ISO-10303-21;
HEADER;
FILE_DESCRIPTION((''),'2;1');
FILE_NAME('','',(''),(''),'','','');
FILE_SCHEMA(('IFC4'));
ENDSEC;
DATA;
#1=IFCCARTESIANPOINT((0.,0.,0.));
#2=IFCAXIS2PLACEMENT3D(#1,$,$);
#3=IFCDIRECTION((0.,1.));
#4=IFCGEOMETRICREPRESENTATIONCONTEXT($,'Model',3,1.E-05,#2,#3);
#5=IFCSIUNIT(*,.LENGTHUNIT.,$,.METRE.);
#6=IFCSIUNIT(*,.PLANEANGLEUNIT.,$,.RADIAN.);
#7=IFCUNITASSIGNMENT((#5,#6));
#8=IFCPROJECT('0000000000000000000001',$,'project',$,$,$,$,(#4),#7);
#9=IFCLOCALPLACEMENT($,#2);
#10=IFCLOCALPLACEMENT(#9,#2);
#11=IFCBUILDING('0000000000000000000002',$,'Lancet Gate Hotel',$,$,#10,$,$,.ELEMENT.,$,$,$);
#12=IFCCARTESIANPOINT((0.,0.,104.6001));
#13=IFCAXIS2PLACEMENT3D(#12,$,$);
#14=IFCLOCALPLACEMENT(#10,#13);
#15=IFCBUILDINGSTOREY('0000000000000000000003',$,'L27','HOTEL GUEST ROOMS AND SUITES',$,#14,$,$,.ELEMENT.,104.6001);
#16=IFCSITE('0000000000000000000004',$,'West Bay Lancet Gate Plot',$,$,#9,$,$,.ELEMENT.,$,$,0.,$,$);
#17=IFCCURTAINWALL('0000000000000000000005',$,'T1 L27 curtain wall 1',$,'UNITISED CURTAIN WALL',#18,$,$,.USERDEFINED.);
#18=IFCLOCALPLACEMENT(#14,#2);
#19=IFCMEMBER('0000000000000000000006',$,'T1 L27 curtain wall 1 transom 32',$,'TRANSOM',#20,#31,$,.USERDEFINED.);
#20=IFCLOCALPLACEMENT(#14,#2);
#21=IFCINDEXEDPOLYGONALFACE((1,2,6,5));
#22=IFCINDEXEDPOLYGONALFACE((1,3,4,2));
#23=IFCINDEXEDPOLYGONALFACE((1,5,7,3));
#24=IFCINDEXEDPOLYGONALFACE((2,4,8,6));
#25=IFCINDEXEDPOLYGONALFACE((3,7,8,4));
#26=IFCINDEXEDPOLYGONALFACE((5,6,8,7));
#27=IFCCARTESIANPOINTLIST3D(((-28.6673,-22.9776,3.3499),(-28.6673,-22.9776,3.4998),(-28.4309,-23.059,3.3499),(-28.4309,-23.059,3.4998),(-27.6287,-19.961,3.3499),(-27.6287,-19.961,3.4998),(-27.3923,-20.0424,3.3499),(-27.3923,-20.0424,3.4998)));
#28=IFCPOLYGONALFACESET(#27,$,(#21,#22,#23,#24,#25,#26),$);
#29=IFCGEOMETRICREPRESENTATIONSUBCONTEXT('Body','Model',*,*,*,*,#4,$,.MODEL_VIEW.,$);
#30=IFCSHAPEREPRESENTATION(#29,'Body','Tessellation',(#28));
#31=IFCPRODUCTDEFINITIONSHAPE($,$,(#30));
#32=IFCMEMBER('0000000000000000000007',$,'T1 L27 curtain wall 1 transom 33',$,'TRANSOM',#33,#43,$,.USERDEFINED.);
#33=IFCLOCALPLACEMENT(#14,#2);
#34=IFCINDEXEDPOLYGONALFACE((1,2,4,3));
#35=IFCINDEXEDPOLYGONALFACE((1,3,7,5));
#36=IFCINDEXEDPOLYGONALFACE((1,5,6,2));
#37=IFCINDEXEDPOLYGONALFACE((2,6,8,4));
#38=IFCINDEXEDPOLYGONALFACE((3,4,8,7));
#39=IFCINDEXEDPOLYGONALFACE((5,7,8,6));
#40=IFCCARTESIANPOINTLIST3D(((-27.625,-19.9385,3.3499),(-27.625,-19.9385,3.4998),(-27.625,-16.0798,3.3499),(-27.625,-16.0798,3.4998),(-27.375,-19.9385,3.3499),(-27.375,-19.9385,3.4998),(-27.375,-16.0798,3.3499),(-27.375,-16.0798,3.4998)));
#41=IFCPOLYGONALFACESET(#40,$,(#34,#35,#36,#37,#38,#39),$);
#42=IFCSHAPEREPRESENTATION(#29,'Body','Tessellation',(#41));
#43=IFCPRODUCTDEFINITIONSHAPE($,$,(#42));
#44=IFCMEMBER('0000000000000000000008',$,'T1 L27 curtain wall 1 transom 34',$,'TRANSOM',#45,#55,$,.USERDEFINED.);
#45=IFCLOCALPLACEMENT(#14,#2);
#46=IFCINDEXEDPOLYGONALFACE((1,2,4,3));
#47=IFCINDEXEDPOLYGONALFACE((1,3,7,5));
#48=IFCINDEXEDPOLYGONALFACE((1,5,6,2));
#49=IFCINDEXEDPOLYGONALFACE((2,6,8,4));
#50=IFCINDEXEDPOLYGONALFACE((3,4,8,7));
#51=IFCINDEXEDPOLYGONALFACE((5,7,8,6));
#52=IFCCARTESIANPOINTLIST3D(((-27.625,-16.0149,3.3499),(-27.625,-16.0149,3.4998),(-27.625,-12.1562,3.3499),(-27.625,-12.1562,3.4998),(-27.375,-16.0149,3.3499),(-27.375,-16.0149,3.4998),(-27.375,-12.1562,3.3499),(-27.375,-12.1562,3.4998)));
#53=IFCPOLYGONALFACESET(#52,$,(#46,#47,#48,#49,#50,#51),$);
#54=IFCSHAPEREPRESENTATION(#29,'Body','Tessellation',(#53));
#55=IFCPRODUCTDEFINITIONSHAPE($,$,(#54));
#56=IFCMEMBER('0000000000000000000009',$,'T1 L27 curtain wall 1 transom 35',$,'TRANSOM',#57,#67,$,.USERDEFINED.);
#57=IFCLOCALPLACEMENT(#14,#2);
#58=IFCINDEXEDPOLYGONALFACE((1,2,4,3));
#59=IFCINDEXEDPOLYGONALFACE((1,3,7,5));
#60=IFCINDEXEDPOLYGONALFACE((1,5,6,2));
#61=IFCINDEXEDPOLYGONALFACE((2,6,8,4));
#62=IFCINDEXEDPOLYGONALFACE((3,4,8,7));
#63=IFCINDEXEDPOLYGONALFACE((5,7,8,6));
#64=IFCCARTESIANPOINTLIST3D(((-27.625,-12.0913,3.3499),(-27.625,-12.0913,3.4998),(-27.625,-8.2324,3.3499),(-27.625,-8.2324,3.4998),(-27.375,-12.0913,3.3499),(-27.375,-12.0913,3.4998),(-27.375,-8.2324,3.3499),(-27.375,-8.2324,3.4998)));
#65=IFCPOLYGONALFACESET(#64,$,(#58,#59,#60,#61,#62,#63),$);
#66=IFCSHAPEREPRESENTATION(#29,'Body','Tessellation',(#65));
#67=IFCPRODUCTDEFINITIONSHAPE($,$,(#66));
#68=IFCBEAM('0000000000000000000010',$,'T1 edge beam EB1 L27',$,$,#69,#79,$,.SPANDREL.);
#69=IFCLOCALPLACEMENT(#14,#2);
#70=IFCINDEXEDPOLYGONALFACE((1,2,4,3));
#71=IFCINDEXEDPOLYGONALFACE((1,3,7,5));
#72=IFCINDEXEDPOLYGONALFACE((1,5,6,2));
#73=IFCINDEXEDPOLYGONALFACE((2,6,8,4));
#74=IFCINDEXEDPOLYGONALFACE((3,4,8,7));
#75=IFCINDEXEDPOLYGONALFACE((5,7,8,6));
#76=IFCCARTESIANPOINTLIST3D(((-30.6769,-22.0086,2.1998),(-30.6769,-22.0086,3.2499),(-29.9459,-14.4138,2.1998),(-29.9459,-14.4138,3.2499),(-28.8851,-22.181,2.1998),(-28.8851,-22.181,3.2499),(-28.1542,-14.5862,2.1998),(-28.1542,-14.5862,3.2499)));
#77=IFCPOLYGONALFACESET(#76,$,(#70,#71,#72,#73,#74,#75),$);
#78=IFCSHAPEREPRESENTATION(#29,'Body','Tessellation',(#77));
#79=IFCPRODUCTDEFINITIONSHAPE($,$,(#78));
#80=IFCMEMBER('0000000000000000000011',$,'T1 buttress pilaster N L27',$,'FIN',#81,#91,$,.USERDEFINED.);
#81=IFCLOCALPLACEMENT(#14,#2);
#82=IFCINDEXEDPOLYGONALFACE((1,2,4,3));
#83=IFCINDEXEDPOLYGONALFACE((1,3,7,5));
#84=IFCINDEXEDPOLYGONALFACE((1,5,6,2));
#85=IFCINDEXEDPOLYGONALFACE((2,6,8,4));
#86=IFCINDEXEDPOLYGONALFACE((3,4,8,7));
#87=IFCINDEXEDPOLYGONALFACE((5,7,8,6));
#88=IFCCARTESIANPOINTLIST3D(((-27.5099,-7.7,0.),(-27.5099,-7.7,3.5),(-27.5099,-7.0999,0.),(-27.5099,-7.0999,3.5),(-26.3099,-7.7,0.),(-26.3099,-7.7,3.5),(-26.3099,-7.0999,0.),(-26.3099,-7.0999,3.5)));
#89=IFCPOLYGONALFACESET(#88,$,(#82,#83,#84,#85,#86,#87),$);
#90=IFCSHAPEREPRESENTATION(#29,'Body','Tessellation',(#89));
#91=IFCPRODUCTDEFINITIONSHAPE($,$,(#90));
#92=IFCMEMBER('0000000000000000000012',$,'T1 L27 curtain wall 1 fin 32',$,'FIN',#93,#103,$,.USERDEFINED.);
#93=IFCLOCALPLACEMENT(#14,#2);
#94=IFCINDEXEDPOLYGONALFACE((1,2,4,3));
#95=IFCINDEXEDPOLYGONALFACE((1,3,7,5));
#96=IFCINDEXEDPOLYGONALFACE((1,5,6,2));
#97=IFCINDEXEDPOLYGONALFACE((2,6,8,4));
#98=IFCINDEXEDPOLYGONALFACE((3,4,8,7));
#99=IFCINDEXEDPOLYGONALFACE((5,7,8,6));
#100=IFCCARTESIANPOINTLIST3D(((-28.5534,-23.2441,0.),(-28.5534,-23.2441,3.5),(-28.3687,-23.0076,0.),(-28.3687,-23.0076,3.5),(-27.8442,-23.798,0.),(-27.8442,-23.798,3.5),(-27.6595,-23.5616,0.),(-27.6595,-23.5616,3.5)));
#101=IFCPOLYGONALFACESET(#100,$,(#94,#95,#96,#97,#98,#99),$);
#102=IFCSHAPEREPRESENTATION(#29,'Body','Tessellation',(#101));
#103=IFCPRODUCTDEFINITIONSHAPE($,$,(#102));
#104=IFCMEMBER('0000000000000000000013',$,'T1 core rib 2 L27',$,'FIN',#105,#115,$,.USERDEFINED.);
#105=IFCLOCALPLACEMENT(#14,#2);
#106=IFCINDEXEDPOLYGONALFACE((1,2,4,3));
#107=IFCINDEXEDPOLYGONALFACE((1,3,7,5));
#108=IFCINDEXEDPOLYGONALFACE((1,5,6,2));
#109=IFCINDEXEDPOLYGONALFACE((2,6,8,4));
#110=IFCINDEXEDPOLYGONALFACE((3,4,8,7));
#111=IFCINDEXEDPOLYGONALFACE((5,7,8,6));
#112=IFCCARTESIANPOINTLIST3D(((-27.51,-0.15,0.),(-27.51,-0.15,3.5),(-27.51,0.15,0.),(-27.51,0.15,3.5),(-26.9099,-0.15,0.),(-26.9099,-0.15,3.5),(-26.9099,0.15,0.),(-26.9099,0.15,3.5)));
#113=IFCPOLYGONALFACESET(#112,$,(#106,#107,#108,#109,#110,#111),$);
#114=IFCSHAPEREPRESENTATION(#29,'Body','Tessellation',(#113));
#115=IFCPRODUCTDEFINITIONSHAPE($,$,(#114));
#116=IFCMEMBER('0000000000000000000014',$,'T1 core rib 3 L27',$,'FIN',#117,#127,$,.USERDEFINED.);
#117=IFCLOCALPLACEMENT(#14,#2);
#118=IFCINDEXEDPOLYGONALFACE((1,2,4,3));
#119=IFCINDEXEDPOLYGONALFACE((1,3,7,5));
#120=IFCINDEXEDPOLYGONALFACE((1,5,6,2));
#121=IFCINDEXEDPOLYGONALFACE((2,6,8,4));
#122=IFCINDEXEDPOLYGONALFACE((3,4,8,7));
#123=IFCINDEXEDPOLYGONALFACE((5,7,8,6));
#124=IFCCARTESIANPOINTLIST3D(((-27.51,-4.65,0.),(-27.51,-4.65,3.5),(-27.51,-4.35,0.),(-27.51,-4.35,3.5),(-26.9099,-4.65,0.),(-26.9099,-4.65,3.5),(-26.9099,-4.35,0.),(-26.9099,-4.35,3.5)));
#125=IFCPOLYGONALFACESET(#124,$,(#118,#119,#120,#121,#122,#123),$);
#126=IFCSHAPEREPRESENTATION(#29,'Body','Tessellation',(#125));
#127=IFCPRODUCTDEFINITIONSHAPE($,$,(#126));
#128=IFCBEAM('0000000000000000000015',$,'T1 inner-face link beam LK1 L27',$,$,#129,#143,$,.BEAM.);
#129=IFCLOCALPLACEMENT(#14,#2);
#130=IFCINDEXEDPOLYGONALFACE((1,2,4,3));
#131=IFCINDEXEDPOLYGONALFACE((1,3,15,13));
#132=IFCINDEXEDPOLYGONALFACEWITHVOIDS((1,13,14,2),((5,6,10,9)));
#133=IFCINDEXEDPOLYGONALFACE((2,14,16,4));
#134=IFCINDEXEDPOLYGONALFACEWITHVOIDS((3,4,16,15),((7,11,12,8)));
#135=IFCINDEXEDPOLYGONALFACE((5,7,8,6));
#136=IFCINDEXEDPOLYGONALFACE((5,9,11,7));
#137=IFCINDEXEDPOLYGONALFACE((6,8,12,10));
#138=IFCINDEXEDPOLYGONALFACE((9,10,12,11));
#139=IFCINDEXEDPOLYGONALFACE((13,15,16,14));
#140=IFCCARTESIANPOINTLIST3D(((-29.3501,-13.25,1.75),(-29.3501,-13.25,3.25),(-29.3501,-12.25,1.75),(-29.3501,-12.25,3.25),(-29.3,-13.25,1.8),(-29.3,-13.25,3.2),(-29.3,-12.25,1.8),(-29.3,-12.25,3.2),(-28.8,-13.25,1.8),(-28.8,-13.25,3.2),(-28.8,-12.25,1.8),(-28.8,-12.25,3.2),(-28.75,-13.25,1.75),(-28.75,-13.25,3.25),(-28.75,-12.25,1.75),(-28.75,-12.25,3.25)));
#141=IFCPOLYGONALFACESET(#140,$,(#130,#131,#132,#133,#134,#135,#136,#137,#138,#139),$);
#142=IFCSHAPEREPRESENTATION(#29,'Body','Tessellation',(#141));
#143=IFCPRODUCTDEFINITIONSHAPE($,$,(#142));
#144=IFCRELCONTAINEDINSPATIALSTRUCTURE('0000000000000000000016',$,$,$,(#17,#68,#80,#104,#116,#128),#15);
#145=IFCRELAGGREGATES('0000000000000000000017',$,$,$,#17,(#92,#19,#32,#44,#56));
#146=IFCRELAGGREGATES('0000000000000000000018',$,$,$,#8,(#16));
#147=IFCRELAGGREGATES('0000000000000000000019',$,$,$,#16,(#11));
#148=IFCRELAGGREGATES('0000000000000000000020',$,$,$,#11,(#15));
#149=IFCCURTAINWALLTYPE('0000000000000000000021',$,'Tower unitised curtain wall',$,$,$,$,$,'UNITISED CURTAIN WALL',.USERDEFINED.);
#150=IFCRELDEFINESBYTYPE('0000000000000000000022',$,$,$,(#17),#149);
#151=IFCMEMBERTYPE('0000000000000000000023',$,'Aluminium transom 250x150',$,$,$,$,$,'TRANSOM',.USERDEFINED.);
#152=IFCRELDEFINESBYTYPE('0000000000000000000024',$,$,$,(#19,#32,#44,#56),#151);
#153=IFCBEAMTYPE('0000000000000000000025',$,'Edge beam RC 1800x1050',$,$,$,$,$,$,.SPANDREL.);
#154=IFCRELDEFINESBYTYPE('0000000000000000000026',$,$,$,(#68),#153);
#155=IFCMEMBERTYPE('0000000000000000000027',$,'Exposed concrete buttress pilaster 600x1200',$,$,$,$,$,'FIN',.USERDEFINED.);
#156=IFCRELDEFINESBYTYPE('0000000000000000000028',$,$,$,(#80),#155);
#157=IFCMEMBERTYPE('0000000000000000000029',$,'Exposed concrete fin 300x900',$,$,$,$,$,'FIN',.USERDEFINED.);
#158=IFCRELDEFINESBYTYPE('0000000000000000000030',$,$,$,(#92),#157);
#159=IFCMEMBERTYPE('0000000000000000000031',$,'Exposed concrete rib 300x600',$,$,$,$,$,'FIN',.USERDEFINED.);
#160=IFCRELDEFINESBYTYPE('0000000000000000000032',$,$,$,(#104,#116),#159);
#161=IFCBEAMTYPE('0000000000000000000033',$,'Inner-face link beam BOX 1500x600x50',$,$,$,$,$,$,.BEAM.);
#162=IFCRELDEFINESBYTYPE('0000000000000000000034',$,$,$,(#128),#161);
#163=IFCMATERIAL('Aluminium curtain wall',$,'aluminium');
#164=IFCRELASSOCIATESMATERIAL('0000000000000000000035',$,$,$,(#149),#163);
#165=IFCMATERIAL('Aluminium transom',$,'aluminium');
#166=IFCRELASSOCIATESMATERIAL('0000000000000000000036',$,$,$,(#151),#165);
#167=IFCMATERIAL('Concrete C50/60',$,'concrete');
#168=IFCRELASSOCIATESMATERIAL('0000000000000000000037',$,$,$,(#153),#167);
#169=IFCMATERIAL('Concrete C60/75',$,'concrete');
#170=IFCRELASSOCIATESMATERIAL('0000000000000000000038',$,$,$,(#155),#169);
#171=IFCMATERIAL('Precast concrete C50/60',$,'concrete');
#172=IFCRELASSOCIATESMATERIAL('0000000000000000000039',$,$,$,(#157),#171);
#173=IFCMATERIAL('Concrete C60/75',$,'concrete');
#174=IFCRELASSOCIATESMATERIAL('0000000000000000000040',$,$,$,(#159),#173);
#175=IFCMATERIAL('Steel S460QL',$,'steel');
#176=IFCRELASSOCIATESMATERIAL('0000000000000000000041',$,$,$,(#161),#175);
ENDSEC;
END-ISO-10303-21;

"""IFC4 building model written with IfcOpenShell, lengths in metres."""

from ifc_helpers import new_model, si_unit, direction, frame, origin, origin_2d, place, context, subcontext, project, spatial, rectangle, hollow_rectangle, extrude, material, material_profile, profile_set, type_object, element, aggregate, save


model = new_model("IFC4")

# Units and contexts
model_context = context("Model", 3, precision=1e-05, world=origin(), true_north=direction((0.0, 1.0)))
body_context = subcontext(model_context, "Body", "Model", "MODEL_VIEW")
ifc_project = project(units=[si_unit("LENGTHUNIT", "METRE"), si_unit("PLANEANGLEUNIT", "RADIAN")], contexts=[model_context])

# Site, building, storey
site_placement = place(None, origin())
site = spatial("IfcSite", under=ifc_project, at=site_placement, Name="West Bay Lancet Gate Plot", CompositionType="ELEMENT", RefElevation=0.0)
building_placement = place(site_placement, origin())
building = spatial("IfcBuilding", under=site, at=building_placement, Name="Lancet Gate Hotel", CompositionType="ELEMENT")
storey_placement = place(building_placement, frame((0.0, 0.0, 104.6001)))
storey = spatial("IfcBuildingStorey", under=building, at=storey_placement, Name="L27", Description="HOTEL GUEST ROOMS AND SUITES", CompositionType="ELEMENT", Elevation=104.6001)

# Curtain wall, members
ifc_material_1 = material(Name="Aluminium curtain wall", Category="aluminium")
curtain_wall_type = type_object("IfcCurtainWallType", Name="Tower unitised curtain wall", ElementType="UNITISED CURTAIN WALL", PredefinedType="USERDEFINED", material=ifc_material_1)
curtain_wall_placement = place(storey_placement, origin())
curtain_wall = element("IfcCurtainWall", 1, at=curtain_wall_placement, inside=storey, type_object=curtain_wall_type, Name="T1 L27 curtain wall 1", ObjectType="UNITISED CURTAIN WALL", PredefinedType="USERDEFINED")
ifc_material_2 = material(Name="Aluminium transom", Category="aluminium")
ifc_material_profile_1 = material_profile(ifc_material_2, rectangle(XDim=0.25, YDim=0.1499, at=origin_2d()), Name="TRANSOM 250x150")
ifc_profile_set_1 = profile_set([ifc_material_profile_1], Name="Aluminium transom")
member_type_1 = type_object("IfcMemberType", Name="Aluminium transom 250x150", ElementType="TRANSOM", PredefinedType="USERDEFINED", material=ifc_profile_set_1)
member_1_placement = place(storey_placement, frame((-28.5491, -23.0183, 3.4248), z_axis=(0.325533, 0.945531, 0.0), x_axis=(-0.945531, 0.325533, 0.0)))
member_1 = element("IfcMember", 2, at=member_1_placement, type_object=member_type_1, Name="T1 L27 curtain wall 1 transom 32", ObjectType="TRANSOM", PredefinedType="USERDEFINED", context=body_context, shape_type="SweptSolid", body=[
    extrude(rectangle(XDim=0.25, YDim=0.1499, at=origin_2d()), origin(), (0.0, 0.0, 1.0), 3.1904),
])
member_2_placement = place(storey_placement, frame((-27.5, -19.9385, 3.4248), z_axis=(0.0, 1.0, 0.0), x_axis=(-1.0, 0.0, 0.0)))
member_2 = element("IfcMember", 3, at=member_2_placement, type_object=member_type_1, Name="T1 L27 curtain wall 1 transom 33", ObjectType="TRANSOM", PredefinedType="USERDEFINED", context=body_context, shape_type="SweptSolid", body=[
    extrude(rectangle(XDim=0.25, YDim=0.1499, at=origin_2d()), origin(), (0.0, 0.0, 1.0), 3.8586),
])
member_3_placement = place(storey_placement, frame((-27.5, -16.0149, 3.4248), z_axis=(0.0, 1.0, 0.0), x_axis=(-1.0, 0.0, 0.0)))
member_3 = element("IfcMember", 4, at=member_3_placement, type_object=member_type_1, Name="T1 L27 curtain wall 1 transom 34", ObjectType="TRANSOM", PredefinedType="USERDEFINED", context=body_context, shape_type="SweptSolid", body=[
    extrude(rectangle(XDim=0.25, YDim=0.1499, at=origin_2d()), origin(), (0.0, 0.0, 1.0), 3.8586),
])
member_4_placement = place(storey_placement, frame((-27.5, -12.0913, 3.4248), z_axis=(0.0, 1.0, 0.0), x_axis=(-1.0, 0.0, 0.0)))
member_4 = element("IfcMember", 5, at=member_4_placement, type_object=member_type_1, Name="T1 L27 curtain wall 1 transom 35", ObjectType="TRANSOM", PredefinedType="USERDEFINED", context=body_context, shape_type="SweptSolid", body=[
    extrude(rectangle(XDim=0.25, YDim=0.1499, at=origin_2d()), origin(), (0.0, 0.0, 1.0), 3.8589),
])

# Beam
ifc_material_3 = material(Name="Concrete C50/60", Category="concrete")
ifc_material_profile_2 = material_profile(ifc_material_3, rectangle(XDim=1.8, YDim=1.05, at=origin_2d()), Name="RC 1800x1050")
ifc_profile_set_2 = profile_set([ifc_material_profile_2], Name="Concrete C50/60")
beam_type_1 = type_object("IfcBeamType", Name="Edge beam RC 1800x1050", PredefinedType="SPANDREL", material=ifc_profile_set_2)
beam_1_placement = place(storey_placement, frame((-29.05, -14.5, 2.7249), z_axis=(-0.095803, -0.9954, 0.0), x_axis=(0.9954, -0.095803, 0.0)))
element("IfcBeam", 6, at=beam_1_placement, inside=storey, type_object=beam_type_1, Name="T1 edge beam EB1 L27", PredefinedType="SPANDREL", context=body_context, shape_type="SweptSolid", body=[
    extrude(rectangle(XDim=1.8, YDim=1.05, at=origin_2d()), origin(), (0.0, 0.0, 1.0), 7.6299),
])

# Members
ifc_material_4 = material(Name="Concrete C60/75", Category="concrete")
ifc_material_profile_3 = material_profile(ifc_material_4, rectangle(XDim=0.6001, YDim=1.2, at=origin_2d()), Name="FIN 600x1200")
ifc_profile_set_3 = profile_set([ifc_material_profile_3], Name="Concrete C60/75")
member_type_2 = type_object("IfcMemberType", Name="Exposed concrete buttress pilaster 600x1200", ElementType="FIN", PredefinedType="USERDEFINED", material=ifc_profile_set_3)
member_5_placement = place(storey_placement, frame((-26.9099, -7.3999, 0.0), z_axis=(0.0, 0.0, 1.0), x_axis=(0.0, 1.0, 0.0)))
element("IfcMember", 7, at=member_5_placement, inside=storey, type_object=member_type_2, Name="T1 buttress pilaster N L27", ObjectType="FIN", PredefinedType="USERDEFINED", context=body_context, shape_type="SweptSolid", body=[
    extrude(rectangle(XDim=0.6001, YDim=1.2, at=origin_2d()), origin(), (0.0, 0.0, 1.0), 3.5),
])
ifc_material_5 = material(Name="Precast concrete C50/60", Category="concrete")
ifc_material_profile_4 = material_profile(ifc_material_5, rectangle(XDim=0.3, YDim=0.8999, at=origin_2d()), Name="FIN 300x900")
ifc_profile_set_4 = profile_set([ifc_material_profile_4], Name="Precast concrete C50/60")
member_type_3 = type_object("IfcMemberType", Name="Exposed concrete fin 300x900", ElementType="FIN", PredefinedType="USERDEFINED", material=ifc_profile_set_4)
member_6_placement = place(storey_placement, frame((-28.1064, -23.4028, 0.0), z_axis=(0.0, 0.0, 1.0), x_axis=(0.615574, 0.788079, 0.0)))
member_6 = element("IfcMember", 8, at=member_6_placement, type_object=member_type_3, Name="T1 L27 curtain wall 1 fin 32", ObjectType="FIN", PredefinedType="USERDEFINED", context=body_context, shape_type="SweptSolid", body=[
    extrude(rectangle(XDim=0.3, YDim=0.8999, at=origin_2d()), origin(), (0.0, 0.0, 1.0), 3.5),
])

# Members
ifc_material_6 = material(Name="Concrete C60/75", Category="concrete")
ifc_material_profile_5 = material_profile(ifc_material_6, rectangle(XDim=0.3, YDim=0.6001, at=origin_2d()), Name="FIN 300x600")
ifc_profile_set_5 = profile_set([ifc_material_profile_5], Name="Concrete C60/75")
member_type_4 = type_object("IfcMemberType", Name="Exposed concrete rib 300x600", ElementType="FIN", PredefinedType="USERDEFINED", material=ifc_profile_set_5)
for number, where, z_axis, x_axis, name in (
    (9, (-27.21, 0.0, 0.0), (0.0, 0.0, 1.0), (0.0, 1.0, 0.0), "T1 core rib 2 L27"),
    (10, (-27.21, -4.5, 0.0), (0.0, 0.0, 1.0), (0.0, 1.0, 0.0), "T1 core rib 3 L27"),
):
    element("IfcMember", number, at=place(storey_placement, frame(where, z_axis=z_axis, x_axis=x_axis)), inside=storey, type_object=member_type_4, Name=name, ObjectType="FIN", PredefinedType="USERDEFINED", context=body_context, shape_type="SweptSolid", body=[
        extrude(rectangle(XDim=0.3, YDim=0.6001, at=origin_2d()), origin(), (0.0, 0.0, 1.0), 3.5),
    ])

# Beam
ifc_material_7 = material(Name="Steel S460QL", Category="steel")
ifc_material_profile_6 = material_profile(ifc_material_7, hollow_rectangle(XDim=0.6001, YDim=1.5, WallThickness=0.05, at=origin_2d()), Name="BOX 1500x600x50")
ifc_profile_set_6 = profile_set([ifc_material_profile_6], Name="Steel S460QL")
beam_type_2 = type_object("IfcBeamType", Name="Inner-face link beam BOX 1500x600x50", PredefinedType="BEAM", material=ifc_profile_set_6)
beam_2_placement = place(storey_placement, frame((-29.05, -12.25, 2.5), z_axis=(0.0, -1.0, 0.0), x_axis=(1.0, 0.0, 0.0)))
element("IfcBeam", 11, at=beam_2_placement, inside=storey, type_object=beam_type_2, Name="T1 inner-face link beam LK1 L27", PredefinedType="BEAM", context=body_context, shape_type="SweptSolid", body=[
    extrude(hollow_rectangle(XDim=0.6001, YDim=1.5, WallThickness=0.05, at=origin_2d()), origin(), (0.0, 0.0, 1.0), 1.0),
])

aggregate(curtain_wall, [member_6, member_1, member_2, member_3, member_4])

save(model, "model.ifc")
